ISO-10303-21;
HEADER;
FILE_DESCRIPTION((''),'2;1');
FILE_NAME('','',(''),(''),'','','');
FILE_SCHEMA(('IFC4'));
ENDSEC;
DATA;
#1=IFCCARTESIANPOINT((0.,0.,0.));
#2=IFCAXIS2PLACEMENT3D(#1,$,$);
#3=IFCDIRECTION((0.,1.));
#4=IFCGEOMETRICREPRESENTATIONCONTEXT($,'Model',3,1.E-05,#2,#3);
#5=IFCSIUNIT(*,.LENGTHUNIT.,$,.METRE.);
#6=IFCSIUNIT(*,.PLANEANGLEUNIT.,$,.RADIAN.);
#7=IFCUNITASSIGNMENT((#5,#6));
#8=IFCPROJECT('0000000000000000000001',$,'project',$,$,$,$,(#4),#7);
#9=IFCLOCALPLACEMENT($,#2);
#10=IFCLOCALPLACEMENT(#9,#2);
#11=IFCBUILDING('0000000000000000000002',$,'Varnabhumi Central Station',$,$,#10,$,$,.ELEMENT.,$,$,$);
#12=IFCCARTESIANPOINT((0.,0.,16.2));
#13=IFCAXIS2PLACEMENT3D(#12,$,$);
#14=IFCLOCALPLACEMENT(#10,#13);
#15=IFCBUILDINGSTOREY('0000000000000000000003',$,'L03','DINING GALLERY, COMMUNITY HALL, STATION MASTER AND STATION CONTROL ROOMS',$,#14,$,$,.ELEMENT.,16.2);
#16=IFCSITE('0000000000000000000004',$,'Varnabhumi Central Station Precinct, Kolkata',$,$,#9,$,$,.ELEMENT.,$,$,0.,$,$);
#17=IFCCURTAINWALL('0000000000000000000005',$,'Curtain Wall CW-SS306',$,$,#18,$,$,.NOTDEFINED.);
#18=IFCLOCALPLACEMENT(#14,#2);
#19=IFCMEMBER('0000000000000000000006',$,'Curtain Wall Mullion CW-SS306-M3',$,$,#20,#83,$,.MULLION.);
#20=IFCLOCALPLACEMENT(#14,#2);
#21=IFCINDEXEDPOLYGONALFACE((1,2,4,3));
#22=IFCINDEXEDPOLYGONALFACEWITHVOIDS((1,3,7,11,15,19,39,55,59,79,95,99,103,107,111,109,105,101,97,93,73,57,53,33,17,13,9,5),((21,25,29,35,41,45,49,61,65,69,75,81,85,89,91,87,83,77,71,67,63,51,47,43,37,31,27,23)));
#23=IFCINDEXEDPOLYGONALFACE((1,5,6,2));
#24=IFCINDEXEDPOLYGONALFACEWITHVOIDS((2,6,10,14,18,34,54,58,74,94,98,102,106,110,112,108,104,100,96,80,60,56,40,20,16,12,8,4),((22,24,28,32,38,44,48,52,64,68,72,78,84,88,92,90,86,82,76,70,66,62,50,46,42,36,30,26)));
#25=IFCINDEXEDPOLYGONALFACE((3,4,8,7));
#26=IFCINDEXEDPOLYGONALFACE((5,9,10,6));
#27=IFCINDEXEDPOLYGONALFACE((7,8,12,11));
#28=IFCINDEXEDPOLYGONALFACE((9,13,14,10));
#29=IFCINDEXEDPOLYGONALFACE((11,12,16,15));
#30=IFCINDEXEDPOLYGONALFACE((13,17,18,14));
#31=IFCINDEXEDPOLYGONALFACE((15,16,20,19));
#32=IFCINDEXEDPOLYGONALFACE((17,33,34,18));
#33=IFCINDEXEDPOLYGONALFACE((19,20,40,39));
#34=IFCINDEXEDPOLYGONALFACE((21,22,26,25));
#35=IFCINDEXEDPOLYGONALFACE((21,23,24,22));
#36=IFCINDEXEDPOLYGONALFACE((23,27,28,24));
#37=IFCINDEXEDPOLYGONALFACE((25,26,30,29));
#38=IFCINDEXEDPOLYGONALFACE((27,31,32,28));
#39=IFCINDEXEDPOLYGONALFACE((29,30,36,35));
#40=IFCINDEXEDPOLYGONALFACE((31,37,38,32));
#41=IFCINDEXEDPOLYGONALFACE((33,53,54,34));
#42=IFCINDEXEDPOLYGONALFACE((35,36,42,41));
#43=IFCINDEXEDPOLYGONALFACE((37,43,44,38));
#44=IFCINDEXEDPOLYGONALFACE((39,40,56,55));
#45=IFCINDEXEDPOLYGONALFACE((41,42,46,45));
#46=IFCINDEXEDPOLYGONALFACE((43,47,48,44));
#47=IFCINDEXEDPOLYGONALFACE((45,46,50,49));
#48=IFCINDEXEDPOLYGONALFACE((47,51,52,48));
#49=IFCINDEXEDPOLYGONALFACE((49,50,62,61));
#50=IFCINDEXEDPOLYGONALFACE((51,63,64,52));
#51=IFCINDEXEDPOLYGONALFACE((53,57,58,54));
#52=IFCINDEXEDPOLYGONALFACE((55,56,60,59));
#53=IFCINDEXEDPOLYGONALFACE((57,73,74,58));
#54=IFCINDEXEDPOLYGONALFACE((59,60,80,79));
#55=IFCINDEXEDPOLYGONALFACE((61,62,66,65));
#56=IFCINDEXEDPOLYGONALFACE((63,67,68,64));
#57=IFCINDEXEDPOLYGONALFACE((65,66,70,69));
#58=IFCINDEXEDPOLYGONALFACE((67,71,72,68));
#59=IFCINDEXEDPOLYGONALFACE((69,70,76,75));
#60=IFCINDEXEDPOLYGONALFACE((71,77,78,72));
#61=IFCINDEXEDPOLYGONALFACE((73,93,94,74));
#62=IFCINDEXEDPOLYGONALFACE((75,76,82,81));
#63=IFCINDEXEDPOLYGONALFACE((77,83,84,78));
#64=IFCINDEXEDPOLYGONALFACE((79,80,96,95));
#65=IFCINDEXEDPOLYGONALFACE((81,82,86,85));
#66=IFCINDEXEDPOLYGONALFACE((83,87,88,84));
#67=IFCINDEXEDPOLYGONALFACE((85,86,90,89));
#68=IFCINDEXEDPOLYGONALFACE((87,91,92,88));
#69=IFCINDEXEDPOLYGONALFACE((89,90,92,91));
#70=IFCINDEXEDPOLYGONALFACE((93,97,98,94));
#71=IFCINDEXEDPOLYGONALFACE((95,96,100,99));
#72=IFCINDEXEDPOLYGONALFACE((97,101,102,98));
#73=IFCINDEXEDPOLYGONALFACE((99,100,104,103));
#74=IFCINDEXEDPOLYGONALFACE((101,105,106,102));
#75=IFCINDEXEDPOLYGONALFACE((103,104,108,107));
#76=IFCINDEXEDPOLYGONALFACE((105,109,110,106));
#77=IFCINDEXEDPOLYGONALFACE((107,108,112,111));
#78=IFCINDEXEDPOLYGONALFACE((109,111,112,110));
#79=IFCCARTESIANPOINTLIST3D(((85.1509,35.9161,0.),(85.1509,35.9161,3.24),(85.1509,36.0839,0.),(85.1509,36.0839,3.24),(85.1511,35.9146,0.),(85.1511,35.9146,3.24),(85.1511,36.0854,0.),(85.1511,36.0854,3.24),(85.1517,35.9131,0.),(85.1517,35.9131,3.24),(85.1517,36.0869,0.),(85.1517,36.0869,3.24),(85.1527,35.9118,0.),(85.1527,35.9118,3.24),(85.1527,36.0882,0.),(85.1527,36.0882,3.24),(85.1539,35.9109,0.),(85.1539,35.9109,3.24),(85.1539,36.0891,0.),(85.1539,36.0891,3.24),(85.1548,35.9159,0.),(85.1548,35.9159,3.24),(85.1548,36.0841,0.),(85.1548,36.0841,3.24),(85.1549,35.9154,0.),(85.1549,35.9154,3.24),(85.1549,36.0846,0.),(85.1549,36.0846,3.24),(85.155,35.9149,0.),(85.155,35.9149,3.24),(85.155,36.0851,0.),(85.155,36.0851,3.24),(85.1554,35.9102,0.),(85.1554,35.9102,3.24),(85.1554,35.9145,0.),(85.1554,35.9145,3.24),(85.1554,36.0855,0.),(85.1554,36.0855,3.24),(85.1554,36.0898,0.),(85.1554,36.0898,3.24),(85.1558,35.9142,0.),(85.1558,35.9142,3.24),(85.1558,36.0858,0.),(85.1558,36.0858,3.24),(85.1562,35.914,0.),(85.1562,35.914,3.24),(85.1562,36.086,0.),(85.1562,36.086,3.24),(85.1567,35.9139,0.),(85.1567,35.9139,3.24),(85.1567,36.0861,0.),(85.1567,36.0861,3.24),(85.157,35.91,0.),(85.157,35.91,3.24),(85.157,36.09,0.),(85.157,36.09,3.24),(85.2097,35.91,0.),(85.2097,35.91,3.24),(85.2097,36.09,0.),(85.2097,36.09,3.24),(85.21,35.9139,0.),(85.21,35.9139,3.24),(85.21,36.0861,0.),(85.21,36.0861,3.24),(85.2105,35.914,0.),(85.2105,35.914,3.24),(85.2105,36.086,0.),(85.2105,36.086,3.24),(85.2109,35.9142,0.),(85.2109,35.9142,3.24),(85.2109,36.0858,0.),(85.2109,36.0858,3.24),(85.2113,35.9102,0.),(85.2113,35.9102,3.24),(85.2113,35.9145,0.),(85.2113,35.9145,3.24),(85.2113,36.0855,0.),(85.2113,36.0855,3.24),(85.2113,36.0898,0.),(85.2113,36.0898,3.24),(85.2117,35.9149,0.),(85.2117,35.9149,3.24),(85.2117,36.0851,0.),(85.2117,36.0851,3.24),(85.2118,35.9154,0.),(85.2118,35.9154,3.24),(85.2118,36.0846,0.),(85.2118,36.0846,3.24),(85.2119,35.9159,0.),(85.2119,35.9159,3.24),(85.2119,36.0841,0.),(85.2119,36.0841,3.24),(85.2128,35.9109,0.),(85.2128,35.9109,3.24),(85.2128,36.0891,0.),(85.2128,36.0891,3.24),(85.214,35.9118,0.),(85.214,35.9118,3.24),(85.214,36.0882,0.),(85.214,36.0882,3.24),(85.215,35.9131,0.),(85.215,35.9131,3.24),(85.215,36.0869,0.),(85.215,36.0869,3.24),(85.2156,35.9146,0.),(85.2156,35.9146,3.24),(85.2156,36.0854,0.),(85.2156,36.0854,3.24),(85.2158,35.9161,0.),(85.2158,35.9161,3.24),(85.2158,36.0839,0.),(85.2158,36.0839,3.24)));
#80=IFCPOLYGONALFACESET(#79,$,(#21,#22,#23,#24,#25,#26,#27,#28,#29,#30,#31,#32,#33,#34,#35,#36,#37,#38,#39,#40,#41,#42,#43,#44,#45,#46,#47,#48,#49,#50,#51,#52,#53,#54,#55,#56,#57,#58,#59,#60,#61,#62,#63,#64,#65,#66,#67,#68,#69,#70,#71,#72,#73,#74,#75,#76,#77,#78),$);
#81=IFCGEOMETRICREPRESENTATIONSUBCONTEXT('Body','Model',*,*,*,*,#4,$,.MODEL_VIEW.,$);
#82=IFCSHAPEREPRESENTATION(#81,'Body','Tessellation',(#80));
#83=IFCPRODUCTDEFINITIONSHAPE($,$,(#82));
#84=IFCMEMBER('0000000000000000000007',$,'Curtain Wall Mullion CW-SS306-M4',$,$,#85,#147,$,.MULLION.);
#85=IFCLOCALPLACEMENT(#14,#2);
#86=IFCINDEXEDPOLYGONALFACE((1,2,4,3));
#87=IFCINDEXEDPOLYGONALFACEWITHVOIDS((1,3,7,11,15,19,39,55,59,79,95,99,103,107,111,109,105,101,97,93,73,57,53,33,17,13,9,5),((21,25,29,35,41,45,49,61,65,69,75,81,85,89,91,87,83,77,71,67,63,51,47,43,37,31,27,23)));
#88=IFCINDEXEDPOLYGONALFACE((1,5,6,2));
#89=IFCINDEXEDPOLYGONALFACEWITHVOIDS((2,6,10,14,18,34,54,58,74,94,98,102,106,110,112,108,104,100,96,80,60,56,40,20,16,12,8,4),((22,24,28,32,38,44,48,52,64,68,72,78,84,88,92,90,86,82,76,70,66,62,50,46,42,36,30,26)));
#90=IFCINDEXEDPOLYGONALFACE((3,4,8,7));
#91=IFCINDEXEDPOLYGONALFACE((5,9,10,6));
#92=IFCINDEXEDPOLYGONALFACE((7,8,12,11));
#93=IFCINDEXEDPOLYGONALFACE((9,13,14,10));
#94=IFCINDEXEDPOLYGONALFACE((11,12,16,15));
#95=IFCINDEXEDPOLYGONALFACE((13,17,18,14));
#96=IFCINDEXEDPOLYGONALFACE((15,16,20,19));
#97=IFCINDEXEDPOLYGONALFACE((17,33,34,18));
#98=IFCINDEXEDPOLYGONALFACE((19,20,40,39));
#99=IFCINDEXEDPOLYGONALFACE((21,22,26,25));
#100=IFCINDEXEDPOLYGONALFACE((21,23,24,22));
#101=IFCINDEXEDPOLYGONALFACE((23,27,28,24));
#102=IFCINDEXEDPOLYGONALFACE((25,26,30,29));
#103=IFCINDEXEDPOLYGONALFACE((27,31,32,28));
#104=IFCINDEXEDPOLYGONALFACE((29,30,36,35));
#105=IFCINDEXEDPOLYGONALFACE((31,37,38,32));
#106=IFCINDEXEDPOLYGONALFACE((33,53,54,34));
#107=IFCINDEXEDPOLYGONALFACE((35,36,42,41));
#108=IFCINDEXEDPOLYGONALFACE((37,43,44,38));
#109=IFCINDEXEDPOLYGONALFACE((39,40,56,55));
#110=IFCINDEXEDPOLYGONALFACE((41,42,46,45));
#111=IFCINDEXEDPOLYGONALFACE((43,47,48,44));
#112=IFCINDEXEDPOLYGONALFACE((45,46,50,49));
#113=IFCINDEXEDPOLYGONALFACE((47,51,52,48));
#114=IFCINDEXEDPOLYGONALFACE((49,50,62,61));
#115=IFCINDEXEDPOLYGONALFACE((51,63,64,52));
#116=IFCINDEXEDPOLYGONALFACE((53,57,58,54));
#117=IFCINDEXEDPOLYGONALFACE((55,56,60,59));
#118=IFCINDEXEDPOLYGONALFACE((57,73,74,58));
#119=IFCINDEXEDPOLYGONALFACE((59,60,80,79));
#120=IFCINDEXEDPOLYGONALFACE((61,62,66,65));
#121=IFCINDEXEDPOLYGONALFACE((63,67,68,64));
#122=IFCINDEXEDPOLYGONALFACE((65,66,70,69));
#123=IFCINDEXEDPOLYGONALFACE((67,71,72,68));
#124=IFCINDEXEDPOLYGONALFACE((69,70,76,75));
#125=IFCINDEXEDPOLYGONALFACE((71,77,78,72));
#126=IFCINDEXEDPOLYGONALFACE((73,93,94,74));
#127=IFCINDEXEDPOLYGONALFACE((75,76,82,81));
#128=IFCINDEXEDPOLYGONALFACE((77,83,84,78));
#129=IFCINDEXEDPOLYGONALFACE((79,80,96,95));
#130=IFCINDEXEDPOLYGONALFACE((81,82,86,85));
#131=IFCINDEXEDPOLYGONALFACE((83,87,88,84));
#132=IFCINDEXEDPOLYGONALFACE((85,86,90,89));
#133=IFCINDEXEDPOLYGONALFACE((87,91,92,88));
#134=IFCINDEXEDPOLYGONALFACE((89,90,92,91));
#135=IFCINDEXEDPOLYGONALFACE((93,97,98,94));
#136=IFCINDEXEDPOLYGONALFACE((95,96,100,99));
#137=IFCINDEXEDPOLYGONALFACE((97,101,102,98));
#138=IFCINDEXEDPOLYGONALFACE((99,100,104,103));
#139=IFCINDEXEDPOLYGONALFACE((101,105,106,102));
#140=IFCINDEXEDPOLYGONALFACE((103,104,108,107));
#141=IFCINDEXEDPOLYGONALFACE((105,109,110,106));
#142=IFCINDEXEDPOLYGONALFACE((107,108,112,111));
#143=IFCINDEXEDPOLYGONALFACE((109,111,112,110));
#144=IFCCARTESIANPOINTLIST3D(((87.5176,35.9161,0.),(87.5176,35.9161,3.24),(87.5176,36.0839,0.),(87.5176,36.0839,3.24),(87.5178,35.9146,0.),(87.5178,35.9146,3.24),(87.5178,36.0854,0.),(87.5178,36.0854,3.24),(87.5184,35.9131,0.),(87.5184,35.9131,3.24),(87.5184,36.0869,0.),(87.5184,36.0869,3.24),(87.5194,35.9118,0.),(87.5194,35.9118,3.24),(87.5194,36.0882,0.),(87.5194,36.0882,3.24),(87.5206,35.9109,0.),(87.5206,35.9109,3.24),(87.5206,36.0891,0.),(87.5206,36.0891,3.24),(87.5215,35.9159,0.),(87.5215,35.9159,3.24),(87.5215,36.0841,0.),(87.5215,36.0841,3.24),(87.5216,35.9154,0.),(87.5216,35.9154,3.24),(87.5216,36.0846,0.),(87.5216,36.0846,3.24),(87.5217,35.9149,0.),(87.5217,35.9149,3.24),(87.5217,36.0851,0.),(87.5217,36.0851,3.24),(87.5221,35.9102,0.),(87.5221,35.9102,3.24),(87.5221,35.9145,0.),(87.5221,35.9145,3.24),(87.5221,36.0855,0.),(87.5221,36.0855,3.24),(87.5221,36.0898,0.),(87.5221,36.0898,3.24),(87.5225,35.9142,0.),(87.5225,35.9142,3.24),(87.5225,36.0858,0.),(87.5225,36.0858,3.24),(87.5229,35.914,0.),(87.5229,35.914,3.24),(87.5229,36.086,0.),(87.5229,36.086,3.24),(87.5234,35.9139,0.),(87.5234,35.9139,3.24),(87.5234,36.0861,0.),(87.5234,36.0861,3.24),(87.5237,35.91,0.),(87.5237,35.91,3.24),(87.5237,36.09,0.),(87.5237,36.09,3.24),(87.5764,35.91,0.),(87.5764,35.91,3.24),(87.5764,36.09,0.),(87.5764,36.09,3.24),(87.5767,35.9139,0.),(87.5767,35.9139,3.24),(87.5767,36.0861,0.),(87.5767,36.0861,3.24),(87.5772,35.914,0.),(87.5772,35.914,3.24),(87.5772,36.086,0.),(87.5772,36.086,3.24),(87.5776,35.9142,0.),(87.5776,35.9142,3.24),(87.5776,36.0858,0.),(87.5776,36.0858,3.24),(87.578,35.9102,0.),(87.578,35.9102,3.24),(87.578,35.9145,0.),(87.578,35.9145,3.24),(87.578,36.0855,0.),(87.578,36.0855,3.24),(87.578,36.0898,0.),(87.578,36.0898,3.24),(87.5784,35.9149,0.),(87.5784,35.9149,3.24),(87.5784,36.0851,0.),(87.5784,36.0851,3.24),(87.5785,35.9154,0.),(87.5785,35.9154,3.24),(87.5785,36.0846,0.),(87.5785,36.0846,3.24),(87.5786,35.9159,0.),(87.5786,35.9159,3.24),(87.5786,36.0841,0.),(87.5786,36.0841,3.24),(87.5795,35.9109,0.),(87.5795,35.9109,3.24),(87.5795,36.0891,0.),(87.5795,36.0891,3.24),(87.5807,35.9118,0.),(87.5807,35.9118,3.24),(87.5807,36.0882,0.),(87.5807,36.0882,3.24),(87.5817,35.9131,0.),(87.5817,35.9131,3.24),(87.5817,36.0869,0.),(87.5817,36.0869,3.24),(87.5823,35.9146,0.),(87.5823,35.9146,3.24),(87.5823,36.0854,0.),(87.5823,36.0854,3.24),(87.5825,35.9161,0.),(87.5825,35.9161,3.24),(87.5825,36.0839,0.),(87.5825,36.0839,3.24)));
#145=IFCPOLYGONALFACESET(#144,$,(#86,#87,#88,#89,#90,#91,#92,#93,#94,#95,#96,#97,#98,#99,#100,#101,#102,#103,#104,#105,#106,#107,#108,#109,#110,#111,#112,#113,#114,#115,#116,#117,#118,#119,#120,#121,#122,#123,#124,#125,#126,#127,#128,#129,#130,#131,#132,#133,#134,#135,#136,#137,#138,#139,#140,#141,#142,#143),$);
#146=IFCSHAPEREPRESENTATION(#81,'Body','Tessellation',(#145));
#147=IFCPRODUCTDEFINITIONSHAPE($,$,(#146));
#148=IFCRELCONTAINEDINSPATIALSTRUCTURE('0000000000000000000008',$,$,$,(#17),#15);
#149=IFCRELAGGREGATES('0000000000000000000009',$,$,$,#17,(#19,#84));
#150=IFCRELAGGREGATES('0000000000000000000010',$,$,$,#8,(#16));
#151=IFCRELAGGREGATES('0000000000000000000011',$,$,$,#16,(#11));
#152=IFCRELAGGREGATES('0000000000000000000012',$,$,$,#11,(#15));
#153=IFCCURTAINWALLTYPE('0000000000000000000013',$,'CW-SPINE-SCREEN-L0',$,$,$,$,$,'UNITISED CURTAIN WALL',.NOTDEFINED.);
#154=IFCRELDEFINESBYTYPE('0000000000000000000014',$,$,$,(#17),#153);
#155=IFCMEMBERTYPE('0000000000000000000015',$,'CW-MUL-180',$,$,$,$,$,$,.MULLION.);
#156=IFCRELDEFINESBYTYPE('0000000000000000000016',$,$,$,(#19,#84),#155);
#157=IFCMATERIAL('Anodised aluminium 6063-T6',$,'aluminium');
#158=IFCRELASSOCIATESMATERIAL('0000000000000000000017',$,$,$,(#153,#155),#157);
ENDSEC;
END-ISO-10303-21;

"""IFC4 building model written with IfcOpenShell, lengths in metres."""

from ifc_helpers import new_model, si_unit, direction, frame, origin, origin_2d, place, context, subcontext, project, spatial, hollow_rectangle, extrude, material, material_profile, profile_set, type_object, element, aggregate, save


model = new_model("IFC4")

# Units and contexts
model_context = context("Model", 3, precision=1e-05, world=origin(), true_north=direction((0.0, 1.0)))
body_context = subcontext(model_context, "Body", "Model", "MODEL_VIEW")
ifc_project = project(units=[si_unit("LENGTHUNIT", "METRE"), si_unit("PLANEANGLEUNIT", "RADIAN")], contexts=[model_context])

# Site, building, storey
site_placement = place(None, origin())
site = spatial("IfcSite", under=ifc_project, at=site_placement, Name="Varnabhumi Central Station Precinct, Kolkata", CompositionType="ELEMENT", RefElevation=0.0)
building_placement = place(site_placement, origin())
building = spatial("IfcBuilding", under=site, at=building_placement, Name="Varnabhumi Central Station", CompositionType="ELEMENT")
storey_placement = place(building_placement, frame((0.0, 0.0, 16.2)))
storey = spatial("IfcBuildingStorey", under=building, at=storey_placement, Name="L03", Description="DINING GALLERY, COMMUNITY HALL, STATION MASTER AND STATION CONTROL ROOMS", CompositionType="ELEMENT", Elevation=16.2)

# Curtain wall, members
ifc_material_1 = material(Name="Anodised aluminium 6063-T6", Category="aluminium")
curtain_wall_type = type_object("IfcCurtainWallType", Name="CW-SPINE-SCREEN-L0", ElementType="UNITISED CURTAIN WALL", PredefinedType="NOTDEFINED", material=ifc_material_1)
curtain_wall_placement = place(storey_placement, origin())
curtain_wall = element("IfcCurtainWall", 1, at=curtain_wall_placement, inside=storey, type_object=curtain_wall_type, Name="Curtain Wall CW-SS306", PredefinedType="NOTDEFINED")
ifc_material_profile_1 = material_profile(ifc_material_1, hollow_rectangle(XDim=0.0649, YDim=0.1799, WallThickness=0.0039, InnerFilletRadius=0.002, OuterFilletRadius=0.0061, at=origin_2d()), Name="Anodised aluminium 6063-T6", Category="aluminium")
ifc_profile_set_1 = profile_set([ifc_material_profile_1], Name="Anodised aluminium 6063-T6")
member_type_1 = type_object("IfcMemberType", Name="CW-MUL-180", PredefinedType="MULLION", material=ifc_profile_set_1)
member_1_placement = place(storey_placement, frame((85.1833, 36.0, 0.0), z_axis=(0.0, 0.0, 1.0), x_axis=(1.0, 0.0, 0.0)))
member_1 = element("IfcMember", 2, at=member_1_placement, type_object=member_type_1, Name="Curtain Wall Mullion CW-SS306-M3", PredefinedType="MULLION", context=body_context, shape_type="SweptSolid", body=[
    extrude(hollow_rectangle(XDim=0.0649, YDim=0.1799, WallThickness=0.0039, InnerFilletRadius=0.002, OuterFilletRadius=0.0061, at=origin_2d()), origin(), (0.0, 0.0, 1.0), 3.24),
])
member_2_placement = place(storey_placement, frame((87.55, 36.0, 0.0), z_axis=(0.0, 0.0, 1.0), x_axis=(1.0, 0.0, 0.0)))
member_2 = element("IfcMember", 3, at=member_2_placement, type_object=member_type_1, Name="Curtain Wall Mullion CW-SS306-M4", PredefinedType="MULLION", context=body_context, shape_type="SweptSolid", body=[
    extrude(hollow_rectangle(XDim=0.0649, YDim=0.1799, WallThickness=0.0039, InnerFilletRadius=0.002, OuterFilletRadius=0.0061, at=origin_2d()), origin(), (0.0, 0.0, 1.0), 3.24),
])
aggregate(curtain_wall, [member_1, member_2])

save(model, "model.ifc")
